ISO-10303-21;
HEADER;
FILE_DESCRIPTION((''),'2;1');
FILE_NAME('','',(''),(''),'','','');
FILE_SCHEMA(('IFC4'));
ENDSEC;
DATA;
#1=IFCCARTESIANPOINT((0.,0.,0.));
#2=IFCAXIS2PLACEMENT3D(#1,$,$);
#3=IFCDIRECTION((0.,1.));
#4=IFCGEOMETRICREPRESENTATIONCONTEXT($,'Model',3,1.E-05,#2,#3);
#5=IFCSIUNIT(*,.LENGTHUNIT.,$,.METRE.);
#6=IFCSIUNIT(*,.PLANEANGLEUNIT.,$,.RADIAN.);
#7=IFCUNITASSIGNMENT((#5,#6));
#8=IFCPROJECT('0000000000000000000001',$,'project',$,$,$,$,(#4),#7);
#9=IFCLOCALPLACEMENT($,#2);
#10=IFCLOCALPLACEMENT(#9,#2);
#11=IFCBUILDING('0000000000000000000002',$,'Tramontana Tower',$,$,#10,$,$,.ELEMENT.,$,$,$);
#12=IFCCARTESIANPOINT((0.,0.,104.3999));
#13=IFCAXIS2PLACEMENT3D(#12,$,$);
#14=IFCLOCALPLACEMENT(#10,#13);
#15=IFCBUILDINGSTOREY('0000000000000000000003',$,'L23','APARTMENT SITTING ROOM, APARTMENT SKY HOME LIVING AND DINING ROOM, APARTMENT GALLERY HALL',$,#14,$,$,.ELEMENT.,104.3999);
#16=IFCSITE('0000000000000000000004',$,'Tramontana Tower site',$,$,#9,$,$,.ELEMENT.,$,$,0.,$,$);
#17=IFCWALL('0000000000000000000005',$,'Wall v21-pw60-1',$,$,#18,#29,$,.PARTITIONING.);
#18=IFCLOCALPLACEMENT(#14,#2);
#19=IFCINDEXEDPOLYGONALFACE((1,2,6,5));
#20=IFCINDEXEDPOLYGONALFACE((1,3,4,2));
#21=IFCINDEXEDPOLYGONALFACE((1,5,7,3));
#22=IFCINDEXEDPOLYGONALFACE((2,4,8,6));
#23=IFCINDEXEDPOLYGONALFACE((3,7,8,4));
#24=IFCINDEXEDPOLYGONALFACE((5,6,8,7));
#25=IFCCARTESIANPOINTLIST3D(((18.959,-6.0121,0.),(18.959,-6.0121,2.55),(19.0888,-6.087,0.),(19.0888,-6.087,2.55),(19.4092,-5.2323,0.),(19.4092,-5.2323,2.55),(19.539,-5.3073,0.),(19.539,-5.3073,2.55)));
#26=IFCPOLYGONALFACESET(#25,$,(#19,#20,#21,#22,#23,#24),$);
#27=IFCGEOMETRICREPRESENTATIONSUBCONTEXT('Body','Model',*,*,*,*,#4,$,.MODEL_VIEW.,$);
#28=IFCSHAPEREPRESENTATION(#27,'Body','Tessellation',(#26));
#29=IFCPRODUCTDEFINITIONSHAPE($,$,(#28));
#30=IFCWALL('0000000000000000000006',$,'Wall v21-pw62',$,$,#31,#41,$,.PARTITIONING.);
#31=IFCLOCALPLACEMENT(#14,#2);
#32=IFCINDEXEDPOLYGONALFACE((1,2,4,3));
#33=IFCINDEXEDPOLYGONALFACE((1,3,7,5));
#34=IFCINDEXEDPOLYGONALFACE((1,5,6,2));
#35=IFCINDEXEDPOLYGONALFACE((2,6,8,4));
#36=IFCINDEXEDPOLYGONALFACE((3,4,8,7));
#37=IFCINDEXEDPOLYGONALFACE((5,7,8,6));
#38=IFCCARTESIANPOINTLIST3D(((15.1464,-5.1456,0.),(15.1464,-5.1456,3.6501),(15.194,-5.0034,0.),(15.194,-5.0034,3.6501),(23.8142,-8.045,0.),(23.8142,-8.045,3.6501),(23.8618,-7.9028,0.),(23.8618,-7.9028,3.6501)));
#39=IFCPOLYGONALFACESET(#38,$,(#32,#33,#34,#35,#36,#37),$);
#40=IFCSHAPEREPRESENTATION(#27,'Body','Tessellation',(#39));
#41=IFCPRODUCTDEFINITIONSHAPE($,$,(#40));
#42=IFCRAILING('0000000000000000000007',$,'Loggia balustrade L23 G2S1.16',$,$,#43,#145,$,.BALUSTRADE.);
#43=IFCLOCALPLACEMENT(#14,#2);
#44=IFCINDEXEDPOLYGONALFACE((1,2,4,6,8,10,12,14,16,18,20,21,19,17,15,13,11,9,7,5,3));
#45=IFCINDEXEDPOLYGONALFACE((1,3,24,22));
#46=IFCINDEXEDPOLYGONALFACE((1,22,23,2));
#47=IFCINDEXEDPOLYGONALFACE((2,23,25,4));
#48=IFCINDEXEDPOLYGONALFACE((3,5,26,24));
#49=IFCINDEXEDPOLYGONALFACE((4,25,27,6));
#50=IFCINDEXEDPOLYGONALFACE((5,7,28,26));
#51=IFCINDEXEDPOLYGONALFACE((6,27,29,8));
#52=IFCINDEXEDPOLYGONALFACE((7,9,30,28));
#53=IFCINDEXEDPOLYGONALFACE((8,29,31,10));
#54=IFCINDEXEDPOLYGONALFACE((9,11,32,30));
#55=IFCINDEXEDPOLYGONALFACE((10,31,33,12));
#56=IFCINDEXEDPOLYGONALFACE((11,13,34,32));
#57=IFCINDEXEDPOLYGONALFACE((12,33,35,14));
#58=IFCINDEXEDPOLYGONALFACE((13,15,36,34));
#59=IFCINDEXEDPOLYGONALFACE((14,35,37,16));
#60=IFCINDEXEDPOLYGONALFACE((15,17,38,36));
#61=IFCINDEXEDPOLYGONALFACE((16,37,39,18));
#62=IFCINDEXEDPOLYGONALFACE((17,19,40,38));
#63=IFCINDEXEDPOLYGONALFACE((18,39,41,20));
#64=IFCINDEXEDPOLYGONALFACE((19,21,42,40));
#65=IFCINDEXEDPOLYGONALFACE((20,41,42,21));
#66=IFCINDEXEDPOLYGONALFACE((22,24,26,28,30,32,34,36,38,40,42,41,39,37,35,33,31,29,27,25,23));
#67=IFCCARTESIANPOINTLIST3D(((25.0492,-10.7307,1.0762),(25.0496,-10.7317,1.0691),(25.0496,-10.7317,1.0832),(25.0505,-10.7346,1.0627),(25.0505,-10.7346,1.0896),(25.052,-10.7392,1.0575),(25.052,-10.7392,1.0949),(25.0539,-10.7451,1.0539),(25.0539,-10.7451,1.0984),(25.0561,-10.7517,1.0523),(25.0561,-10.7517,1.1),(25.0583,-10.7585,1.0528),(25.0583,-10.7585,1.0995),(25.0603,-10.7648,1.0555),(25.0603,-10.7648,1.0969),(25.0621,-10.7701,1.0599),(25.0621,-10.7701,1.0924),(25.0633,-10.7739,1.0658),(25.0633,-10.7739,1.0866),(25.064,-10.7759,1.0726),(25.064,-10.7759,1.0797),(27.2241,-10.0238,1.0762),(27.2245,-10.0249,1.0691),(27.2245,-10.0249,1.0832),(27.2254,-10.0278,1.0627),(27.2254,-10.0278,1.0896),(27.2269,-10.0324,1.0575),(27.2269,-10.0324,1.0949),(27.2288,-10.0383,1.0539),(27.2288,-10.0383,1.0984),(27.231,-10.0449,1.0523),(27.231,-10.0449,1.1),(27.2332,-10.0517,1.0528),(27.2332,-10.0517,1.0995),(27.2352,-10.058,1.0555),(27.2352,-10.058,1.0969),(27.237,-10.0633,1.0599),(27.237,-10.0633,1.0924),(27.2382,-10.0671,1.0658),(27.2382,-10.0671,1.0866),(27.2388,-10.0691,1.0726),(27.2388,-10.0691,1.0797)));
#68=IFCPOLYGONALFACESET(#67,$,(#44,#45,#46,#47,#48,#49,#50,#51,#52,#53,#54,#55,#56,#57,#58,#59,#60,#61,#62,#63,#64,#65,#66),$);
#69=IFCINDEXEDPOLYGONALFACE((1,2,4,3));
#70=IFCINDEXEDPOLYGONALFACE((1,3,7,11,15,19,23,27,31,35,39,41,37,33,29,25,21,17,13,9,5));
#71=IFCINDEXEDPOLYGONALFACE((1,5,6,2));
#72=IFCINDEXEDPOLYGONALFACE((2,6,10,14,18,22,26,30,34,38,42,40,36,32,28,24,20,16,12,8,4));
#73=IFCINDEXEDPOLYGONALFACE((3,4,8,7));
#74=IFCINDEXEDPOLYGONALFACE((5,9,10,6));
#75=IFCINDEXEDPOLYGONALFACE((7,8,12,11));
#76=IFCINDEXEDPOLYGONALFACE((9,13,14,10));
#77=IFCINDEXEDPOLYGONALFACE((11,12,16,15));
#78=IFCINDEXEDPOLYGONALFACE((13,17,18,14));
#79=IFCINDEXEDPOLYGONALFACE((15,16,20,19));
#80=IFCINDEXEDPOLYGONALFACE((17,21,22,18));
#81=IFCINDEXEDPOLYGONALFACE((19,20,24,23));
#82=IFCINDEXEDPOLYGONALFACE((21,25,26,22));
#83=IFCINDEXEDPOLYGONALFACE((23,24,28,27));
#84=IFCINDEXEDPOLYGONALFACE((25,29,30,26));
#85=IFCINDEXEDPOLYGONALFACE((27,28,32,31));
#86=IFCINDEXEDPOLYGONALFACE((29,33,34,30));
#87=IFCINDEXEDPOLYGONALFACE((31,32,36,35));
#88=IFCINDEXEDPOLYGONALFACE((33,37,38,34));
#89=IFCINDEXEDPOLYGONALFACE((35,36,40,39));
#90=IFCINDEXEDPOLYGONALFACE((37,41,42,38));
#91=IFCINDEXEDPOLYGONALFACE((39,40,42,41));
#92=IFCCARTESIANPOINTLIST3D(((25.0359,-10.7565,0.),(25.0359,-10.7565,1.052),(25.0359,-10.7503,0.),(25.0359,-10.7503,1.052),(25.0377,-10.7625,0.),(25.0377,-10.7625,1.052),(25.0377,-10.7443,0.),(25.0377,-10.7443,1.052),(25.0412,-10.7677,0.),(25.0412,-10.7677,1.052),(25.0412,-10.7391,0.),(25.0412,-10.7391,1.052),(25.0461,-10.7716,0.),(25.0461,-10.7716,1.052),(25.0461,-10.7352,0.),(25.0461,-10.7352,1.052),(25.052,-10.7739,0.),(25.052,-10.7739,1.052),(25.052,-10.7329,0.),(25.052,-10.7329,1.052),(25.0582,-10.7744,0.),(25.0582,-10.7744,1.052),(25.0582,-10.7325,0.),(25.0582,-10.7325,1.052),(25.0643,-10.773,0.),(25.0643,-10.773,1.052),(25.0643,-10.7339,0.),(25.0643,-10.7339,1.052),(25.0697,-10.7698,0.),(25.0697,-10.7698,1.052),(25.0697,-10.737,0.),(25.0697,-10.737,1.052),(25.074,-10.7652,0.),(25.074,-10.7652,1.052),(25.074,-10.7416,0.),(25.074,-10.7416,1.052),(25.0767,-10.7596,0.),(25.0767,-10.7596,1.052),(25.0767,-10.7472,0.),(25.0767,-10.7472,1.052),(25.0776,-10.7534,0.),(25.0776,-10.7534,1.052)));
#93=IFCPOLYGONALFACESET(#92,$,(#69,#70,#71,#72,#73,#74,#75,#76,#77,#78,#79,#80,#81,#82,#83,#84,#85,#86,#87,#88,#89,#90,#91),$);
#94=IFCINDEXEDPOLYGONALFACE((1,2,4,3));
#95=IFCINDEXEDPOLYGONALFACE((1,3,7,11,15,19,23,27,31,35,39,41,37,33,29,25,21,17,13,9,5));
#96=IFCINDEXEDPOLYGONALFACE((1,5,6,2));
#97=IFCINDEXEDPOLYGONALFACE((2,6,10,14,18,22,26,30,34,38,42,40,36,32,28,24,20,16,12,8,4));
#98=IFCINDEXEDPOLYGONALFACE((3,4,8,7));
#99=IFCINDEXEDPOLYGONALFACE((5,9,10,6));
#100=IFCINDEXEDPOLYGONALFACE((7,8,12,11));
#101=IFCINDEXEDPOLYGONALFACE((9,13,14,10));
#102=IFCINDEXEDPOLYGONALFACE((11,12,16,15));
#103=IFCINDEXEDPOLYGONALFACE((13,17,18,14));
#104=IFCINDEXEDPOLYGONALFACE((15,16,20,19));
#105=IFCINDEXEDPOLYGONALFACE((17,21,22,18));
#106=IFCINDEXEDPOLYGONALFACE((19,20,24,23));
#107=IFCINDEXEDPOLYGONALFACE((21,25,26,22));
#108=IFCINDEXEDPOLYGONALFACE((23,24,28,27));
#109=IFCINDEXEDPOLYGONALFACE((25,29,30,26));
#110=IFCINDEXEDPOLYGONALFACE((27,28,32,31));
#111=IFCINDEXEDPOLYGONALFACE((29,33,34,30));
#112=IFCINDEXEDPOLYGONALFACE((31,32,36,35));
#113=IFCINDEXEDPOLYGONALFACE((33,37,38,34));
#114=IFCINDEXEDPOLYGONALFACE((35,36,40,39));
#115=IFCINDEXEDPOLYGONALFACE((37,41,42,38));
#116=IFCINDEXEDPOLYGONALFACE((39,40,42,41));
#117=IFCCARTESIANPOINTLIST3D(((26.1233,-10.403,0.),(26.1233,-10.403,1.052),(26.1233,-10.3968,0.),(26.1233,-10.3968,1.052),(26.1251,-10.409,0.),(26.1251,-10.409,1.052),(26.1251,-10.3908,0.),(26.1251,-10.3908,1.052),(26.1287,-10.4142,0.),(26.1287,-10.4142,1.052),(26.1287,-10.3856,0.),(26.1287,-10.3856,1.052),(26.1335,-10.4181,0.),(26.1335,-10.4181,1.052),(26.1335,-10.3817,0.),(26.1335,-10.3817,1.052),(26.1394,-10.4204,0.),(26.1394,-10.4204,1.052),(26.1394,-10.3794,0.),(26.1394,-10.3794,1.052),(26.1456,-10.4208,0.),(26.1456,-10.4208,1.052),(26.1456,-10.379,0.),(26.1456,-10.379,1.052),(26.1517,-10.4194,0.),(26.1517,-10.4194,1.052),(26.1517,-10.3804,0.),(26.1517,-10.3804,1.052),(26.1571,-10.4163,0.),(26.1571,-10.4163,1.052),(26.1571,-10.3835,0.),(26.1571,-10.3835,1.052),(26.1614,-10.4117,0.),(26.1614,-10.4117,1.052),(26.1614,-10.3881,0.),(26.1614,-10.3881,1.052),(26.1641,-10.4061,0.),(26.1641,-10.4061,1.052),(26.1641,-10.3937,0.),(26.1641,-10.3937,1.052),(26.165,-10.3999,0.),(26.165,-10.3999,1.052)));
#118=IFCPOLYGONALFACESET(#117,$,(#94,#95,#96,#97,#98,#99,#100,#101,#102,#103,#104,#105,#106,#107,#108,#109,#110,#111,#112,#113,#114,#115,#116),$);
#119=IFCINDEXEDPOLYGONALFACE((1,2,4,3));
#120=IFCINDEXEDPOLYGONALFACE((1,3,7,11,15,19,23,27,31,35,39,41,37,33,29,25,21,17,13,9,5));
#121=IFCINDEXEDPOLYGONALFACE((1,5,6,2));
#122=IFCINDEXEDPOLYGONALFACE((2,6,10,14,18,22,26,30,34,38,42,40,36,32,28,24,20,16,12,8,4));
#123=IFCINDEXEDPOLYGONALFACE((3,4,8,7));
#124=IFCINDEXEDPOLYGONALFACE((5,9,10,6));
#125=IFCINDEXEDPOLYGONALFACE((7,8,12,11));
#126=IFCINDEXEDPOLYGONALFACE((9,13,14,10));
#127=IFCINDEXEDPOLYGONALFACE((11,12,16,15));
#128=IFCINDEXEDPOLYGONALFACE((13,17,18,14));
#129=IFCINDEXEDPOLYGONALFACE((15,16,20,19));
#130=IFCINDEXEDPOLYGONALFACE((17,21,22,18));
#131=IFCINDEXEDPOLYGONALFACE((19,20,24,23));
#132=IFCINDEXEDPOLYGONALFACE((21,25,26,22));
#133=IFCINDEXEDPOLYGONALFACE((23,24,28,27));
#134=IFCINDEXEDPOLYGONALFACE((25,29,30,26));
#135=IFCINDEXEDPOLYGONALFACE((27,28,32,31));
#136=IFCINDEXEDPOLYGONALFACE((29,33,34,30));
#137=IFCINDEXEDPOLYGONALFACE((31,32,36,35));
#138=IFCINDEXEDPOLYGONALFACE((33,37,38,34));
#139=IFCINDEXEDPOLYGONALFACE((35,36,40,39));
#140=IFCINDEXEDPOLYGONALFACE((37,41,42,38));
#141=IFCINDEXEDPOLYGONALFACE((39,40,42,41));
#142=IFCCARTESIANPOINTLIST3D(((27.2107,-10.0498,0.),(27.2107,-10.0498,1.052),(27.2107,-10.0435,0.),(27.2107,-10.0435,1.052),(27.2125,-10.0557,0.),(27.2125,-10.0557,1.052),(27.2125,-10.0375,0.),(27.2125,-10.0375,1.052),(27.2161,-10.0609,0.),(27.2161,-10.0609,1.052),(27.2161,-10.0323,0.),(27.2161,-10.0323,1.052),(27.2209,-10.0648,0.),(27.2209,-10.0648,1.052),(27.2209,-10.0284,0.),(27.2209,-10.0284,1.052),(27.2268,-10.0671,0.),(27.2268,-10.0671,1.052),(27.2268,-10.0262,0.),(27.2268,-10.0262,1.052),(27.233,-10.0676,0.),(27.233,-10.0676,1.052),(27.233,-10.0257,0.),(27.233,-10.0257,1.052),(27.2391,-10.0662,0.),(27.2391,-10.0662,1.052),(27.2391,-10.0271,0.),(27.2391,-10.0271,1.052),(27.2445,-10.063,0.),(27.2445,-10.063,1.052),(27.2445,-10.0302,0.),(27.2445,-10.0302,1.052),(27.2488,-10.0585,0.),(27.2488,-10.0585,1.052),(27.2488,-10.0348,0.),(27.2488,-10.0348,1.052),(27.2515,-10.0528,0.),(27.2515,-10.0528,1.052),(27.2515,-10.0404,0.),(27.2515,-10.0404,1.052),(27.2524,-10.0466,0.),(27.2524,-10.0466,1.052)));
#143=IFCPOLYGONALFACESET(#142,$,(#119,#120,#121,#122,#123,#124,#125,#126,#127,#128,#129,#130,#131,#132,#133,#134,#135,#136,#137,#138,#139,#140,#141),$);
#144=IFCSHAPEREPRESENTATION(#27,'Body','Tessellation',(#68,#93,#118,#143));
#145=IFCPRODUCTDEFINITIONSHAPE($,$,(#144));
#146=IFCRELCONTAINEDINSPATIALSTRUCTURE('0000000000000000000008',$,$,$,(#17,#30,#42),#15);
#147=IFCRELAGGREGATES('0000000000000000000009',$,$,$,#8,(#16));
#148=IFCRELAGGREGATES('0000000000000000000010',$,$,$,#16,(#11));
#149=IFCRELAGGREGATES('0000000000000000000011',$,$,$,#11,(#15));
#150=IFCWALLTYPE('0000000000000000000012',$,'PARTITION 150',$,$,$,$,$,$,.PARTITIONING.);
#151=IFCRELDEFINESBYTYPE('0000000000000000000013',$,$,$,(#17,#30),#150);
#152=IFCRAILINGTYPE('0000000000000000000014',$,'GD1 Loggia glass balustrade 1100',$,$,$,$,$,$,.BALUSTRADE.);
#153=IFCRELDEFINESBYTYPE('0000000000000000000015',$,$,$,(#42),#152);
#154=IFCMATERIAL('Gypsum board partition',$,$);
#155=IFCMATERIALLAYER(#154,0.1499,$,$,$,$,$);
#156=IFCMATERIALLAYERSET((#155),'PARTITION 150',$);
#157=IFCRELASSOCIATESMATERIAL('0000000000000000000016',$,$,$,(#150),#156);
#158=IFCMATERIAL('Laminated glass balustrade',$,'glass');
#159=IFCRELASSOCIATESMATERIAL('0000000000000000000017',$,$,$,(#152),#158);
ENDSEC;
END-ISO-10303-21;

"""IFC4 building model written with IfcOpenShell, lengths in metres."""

from ifc_helpers import new_model, si_unit, direction, frame, frame_2d, origin, origin_2d, place, context, subcontext, project, spatial, rectangle, circle, extrude, material, layer, layer_set, type_object, element, save


model = new_model("IFC4")

# Units and contexts
model_context = context("Model", 3, precision=1e-05, world=origin(), true_north=direction((0.0, 1.0)))
body_context = subcontext(model_context, "Body", "Model", "MODEL_VIEW")
ifc_project = project(units=[si_unit("LENGTHUNIT", "METRE"), si_unit("PLANEANGLEUNIT", "RADIAN")], contexts=[model_context])

# Site, building, storey
site_placement = place(None, origin())
site = spatial("IfcSite", under=ifc_project, at=site_placement, Name="Tramontana Tower site", CompositionType="ELEMENT", RefElevation=0.0)
building_placement = place(site_placement, origin())
building = spatial("IfcBuilding", under=site, at=building_placement, Name="Tramontana Tower", CompositionType="ELEMENT")
storey_placement = place(building_placement, frame((0.0, 0.0, 104.3999)))
storey = spatial("IfcBuildingStorey", under=building, at=storey_placement, Name="L23", Description="APARTMENT SITTING ROOM, APARTMENT SKY HOME LIVING AND DINING ROOM, APARTMENT GALLERY HALL", CompositionType="ELEMENT", Elevation=104.3999)

# Walls
ifc_material_1 = material(Name="Gypsum board partition")
ifc_layer_1 = layer(ifc_material_1, 0.1499)
ifc_layer_set_1 = layer_set([ifc_layer_1], Name="PARTITION 150")
wall_type_1 = type_object("IfcWallType", Name="PARTITION 150", PredefinedType="PARTITIONING", material=ifc_layer_set_1)
wall_1_placement = place(storey_placement, frame((19.4741, -5.2698, 0.0), z_axis=(0.0, 0.0, 1.0), x_axis=(-0.499988, -0.866032, 0.0)))
element("IfcWall", 1, at=wall_1_placement, inside=storey, type_object=wall_type_1, Name="Wall v21-pw60-1", PredefinedType="PARTITIONING", context=body_context, shape_type="SweptSolid", body=[
    extrude(rectangle(XDim=0.9004, YDim=0.1499, at=frame_2d((0.4502, 0.0))), origin(), (0.0, 0.0, 1.0), 2.55),
])
wall_2_placement = place(storey_placement, frame((23.8379, -7.9739, 0.0), z_axis=(0.0, 0.0, 1.0), x_axis=(-0.948349, 0.317229, 0.0)))
element("IfcWall", 2, at=wall_2_placement, inside=storey, type_object=wall_type_1, Name="Wall v21-pw62", PredefinedType="PARTITIONING", context=body_context, shape_type="SweptSolid", body=[
    extrude(rectangle(XDim=9.1399, YDim=0.1499, at=frame_2d((4.5698, 0.0))), origin(), (0.0, 0.0, 1.0), 3.6501),
])

# Railing
ifc_material_2 = material(Name="Laminated glass balustrade", Category="glass")
railing_type = type_object("IfcRailingType", Name="GD1 Loggia glass balustrade 1100", PredefinedType="BALUSTRADE", material=ifc_material_2)
railing_1_placement = place(storey_placement, frame((25.0566, -10.7534, 0.0)))
element("IfcRailing", 3, at=railing_1_placement, inside=storey, type_object=railing_type, Name="Loggia balustrade L23 G2S1.16", PredefinedType="BALUSTRADE", context=body_context, shape_type="SweptSolid", body=[
    extrude(circle(Radius=0.0239, at=origin_2d()), frame((0.0, 0.0, 1.0762), z_axis=(0.951037, 0.309076, 0.0), x_axis=(-0.309076, 0.951037, 0.0)), (0.0, 0.0, 1.0), 2.2869),
    extrude(circle(Radius=0.021, at=origin_2d()), origin(), (0.0, 0.0, 1.0), 1.052),
    extrude(circle(Radius=0.021, at=origin_2d()), frame((1.0874, 0.3535, 0.0)), (0.0, 0.0, 1.0), 1.052),
    extrude(circle(Radius=0.021, at=origin_2d()), frame((2.1748, 0.7068, 0.0)), (0.0, 0.0, 1.0), 1.052),
])

save(model, "model.ifc")
